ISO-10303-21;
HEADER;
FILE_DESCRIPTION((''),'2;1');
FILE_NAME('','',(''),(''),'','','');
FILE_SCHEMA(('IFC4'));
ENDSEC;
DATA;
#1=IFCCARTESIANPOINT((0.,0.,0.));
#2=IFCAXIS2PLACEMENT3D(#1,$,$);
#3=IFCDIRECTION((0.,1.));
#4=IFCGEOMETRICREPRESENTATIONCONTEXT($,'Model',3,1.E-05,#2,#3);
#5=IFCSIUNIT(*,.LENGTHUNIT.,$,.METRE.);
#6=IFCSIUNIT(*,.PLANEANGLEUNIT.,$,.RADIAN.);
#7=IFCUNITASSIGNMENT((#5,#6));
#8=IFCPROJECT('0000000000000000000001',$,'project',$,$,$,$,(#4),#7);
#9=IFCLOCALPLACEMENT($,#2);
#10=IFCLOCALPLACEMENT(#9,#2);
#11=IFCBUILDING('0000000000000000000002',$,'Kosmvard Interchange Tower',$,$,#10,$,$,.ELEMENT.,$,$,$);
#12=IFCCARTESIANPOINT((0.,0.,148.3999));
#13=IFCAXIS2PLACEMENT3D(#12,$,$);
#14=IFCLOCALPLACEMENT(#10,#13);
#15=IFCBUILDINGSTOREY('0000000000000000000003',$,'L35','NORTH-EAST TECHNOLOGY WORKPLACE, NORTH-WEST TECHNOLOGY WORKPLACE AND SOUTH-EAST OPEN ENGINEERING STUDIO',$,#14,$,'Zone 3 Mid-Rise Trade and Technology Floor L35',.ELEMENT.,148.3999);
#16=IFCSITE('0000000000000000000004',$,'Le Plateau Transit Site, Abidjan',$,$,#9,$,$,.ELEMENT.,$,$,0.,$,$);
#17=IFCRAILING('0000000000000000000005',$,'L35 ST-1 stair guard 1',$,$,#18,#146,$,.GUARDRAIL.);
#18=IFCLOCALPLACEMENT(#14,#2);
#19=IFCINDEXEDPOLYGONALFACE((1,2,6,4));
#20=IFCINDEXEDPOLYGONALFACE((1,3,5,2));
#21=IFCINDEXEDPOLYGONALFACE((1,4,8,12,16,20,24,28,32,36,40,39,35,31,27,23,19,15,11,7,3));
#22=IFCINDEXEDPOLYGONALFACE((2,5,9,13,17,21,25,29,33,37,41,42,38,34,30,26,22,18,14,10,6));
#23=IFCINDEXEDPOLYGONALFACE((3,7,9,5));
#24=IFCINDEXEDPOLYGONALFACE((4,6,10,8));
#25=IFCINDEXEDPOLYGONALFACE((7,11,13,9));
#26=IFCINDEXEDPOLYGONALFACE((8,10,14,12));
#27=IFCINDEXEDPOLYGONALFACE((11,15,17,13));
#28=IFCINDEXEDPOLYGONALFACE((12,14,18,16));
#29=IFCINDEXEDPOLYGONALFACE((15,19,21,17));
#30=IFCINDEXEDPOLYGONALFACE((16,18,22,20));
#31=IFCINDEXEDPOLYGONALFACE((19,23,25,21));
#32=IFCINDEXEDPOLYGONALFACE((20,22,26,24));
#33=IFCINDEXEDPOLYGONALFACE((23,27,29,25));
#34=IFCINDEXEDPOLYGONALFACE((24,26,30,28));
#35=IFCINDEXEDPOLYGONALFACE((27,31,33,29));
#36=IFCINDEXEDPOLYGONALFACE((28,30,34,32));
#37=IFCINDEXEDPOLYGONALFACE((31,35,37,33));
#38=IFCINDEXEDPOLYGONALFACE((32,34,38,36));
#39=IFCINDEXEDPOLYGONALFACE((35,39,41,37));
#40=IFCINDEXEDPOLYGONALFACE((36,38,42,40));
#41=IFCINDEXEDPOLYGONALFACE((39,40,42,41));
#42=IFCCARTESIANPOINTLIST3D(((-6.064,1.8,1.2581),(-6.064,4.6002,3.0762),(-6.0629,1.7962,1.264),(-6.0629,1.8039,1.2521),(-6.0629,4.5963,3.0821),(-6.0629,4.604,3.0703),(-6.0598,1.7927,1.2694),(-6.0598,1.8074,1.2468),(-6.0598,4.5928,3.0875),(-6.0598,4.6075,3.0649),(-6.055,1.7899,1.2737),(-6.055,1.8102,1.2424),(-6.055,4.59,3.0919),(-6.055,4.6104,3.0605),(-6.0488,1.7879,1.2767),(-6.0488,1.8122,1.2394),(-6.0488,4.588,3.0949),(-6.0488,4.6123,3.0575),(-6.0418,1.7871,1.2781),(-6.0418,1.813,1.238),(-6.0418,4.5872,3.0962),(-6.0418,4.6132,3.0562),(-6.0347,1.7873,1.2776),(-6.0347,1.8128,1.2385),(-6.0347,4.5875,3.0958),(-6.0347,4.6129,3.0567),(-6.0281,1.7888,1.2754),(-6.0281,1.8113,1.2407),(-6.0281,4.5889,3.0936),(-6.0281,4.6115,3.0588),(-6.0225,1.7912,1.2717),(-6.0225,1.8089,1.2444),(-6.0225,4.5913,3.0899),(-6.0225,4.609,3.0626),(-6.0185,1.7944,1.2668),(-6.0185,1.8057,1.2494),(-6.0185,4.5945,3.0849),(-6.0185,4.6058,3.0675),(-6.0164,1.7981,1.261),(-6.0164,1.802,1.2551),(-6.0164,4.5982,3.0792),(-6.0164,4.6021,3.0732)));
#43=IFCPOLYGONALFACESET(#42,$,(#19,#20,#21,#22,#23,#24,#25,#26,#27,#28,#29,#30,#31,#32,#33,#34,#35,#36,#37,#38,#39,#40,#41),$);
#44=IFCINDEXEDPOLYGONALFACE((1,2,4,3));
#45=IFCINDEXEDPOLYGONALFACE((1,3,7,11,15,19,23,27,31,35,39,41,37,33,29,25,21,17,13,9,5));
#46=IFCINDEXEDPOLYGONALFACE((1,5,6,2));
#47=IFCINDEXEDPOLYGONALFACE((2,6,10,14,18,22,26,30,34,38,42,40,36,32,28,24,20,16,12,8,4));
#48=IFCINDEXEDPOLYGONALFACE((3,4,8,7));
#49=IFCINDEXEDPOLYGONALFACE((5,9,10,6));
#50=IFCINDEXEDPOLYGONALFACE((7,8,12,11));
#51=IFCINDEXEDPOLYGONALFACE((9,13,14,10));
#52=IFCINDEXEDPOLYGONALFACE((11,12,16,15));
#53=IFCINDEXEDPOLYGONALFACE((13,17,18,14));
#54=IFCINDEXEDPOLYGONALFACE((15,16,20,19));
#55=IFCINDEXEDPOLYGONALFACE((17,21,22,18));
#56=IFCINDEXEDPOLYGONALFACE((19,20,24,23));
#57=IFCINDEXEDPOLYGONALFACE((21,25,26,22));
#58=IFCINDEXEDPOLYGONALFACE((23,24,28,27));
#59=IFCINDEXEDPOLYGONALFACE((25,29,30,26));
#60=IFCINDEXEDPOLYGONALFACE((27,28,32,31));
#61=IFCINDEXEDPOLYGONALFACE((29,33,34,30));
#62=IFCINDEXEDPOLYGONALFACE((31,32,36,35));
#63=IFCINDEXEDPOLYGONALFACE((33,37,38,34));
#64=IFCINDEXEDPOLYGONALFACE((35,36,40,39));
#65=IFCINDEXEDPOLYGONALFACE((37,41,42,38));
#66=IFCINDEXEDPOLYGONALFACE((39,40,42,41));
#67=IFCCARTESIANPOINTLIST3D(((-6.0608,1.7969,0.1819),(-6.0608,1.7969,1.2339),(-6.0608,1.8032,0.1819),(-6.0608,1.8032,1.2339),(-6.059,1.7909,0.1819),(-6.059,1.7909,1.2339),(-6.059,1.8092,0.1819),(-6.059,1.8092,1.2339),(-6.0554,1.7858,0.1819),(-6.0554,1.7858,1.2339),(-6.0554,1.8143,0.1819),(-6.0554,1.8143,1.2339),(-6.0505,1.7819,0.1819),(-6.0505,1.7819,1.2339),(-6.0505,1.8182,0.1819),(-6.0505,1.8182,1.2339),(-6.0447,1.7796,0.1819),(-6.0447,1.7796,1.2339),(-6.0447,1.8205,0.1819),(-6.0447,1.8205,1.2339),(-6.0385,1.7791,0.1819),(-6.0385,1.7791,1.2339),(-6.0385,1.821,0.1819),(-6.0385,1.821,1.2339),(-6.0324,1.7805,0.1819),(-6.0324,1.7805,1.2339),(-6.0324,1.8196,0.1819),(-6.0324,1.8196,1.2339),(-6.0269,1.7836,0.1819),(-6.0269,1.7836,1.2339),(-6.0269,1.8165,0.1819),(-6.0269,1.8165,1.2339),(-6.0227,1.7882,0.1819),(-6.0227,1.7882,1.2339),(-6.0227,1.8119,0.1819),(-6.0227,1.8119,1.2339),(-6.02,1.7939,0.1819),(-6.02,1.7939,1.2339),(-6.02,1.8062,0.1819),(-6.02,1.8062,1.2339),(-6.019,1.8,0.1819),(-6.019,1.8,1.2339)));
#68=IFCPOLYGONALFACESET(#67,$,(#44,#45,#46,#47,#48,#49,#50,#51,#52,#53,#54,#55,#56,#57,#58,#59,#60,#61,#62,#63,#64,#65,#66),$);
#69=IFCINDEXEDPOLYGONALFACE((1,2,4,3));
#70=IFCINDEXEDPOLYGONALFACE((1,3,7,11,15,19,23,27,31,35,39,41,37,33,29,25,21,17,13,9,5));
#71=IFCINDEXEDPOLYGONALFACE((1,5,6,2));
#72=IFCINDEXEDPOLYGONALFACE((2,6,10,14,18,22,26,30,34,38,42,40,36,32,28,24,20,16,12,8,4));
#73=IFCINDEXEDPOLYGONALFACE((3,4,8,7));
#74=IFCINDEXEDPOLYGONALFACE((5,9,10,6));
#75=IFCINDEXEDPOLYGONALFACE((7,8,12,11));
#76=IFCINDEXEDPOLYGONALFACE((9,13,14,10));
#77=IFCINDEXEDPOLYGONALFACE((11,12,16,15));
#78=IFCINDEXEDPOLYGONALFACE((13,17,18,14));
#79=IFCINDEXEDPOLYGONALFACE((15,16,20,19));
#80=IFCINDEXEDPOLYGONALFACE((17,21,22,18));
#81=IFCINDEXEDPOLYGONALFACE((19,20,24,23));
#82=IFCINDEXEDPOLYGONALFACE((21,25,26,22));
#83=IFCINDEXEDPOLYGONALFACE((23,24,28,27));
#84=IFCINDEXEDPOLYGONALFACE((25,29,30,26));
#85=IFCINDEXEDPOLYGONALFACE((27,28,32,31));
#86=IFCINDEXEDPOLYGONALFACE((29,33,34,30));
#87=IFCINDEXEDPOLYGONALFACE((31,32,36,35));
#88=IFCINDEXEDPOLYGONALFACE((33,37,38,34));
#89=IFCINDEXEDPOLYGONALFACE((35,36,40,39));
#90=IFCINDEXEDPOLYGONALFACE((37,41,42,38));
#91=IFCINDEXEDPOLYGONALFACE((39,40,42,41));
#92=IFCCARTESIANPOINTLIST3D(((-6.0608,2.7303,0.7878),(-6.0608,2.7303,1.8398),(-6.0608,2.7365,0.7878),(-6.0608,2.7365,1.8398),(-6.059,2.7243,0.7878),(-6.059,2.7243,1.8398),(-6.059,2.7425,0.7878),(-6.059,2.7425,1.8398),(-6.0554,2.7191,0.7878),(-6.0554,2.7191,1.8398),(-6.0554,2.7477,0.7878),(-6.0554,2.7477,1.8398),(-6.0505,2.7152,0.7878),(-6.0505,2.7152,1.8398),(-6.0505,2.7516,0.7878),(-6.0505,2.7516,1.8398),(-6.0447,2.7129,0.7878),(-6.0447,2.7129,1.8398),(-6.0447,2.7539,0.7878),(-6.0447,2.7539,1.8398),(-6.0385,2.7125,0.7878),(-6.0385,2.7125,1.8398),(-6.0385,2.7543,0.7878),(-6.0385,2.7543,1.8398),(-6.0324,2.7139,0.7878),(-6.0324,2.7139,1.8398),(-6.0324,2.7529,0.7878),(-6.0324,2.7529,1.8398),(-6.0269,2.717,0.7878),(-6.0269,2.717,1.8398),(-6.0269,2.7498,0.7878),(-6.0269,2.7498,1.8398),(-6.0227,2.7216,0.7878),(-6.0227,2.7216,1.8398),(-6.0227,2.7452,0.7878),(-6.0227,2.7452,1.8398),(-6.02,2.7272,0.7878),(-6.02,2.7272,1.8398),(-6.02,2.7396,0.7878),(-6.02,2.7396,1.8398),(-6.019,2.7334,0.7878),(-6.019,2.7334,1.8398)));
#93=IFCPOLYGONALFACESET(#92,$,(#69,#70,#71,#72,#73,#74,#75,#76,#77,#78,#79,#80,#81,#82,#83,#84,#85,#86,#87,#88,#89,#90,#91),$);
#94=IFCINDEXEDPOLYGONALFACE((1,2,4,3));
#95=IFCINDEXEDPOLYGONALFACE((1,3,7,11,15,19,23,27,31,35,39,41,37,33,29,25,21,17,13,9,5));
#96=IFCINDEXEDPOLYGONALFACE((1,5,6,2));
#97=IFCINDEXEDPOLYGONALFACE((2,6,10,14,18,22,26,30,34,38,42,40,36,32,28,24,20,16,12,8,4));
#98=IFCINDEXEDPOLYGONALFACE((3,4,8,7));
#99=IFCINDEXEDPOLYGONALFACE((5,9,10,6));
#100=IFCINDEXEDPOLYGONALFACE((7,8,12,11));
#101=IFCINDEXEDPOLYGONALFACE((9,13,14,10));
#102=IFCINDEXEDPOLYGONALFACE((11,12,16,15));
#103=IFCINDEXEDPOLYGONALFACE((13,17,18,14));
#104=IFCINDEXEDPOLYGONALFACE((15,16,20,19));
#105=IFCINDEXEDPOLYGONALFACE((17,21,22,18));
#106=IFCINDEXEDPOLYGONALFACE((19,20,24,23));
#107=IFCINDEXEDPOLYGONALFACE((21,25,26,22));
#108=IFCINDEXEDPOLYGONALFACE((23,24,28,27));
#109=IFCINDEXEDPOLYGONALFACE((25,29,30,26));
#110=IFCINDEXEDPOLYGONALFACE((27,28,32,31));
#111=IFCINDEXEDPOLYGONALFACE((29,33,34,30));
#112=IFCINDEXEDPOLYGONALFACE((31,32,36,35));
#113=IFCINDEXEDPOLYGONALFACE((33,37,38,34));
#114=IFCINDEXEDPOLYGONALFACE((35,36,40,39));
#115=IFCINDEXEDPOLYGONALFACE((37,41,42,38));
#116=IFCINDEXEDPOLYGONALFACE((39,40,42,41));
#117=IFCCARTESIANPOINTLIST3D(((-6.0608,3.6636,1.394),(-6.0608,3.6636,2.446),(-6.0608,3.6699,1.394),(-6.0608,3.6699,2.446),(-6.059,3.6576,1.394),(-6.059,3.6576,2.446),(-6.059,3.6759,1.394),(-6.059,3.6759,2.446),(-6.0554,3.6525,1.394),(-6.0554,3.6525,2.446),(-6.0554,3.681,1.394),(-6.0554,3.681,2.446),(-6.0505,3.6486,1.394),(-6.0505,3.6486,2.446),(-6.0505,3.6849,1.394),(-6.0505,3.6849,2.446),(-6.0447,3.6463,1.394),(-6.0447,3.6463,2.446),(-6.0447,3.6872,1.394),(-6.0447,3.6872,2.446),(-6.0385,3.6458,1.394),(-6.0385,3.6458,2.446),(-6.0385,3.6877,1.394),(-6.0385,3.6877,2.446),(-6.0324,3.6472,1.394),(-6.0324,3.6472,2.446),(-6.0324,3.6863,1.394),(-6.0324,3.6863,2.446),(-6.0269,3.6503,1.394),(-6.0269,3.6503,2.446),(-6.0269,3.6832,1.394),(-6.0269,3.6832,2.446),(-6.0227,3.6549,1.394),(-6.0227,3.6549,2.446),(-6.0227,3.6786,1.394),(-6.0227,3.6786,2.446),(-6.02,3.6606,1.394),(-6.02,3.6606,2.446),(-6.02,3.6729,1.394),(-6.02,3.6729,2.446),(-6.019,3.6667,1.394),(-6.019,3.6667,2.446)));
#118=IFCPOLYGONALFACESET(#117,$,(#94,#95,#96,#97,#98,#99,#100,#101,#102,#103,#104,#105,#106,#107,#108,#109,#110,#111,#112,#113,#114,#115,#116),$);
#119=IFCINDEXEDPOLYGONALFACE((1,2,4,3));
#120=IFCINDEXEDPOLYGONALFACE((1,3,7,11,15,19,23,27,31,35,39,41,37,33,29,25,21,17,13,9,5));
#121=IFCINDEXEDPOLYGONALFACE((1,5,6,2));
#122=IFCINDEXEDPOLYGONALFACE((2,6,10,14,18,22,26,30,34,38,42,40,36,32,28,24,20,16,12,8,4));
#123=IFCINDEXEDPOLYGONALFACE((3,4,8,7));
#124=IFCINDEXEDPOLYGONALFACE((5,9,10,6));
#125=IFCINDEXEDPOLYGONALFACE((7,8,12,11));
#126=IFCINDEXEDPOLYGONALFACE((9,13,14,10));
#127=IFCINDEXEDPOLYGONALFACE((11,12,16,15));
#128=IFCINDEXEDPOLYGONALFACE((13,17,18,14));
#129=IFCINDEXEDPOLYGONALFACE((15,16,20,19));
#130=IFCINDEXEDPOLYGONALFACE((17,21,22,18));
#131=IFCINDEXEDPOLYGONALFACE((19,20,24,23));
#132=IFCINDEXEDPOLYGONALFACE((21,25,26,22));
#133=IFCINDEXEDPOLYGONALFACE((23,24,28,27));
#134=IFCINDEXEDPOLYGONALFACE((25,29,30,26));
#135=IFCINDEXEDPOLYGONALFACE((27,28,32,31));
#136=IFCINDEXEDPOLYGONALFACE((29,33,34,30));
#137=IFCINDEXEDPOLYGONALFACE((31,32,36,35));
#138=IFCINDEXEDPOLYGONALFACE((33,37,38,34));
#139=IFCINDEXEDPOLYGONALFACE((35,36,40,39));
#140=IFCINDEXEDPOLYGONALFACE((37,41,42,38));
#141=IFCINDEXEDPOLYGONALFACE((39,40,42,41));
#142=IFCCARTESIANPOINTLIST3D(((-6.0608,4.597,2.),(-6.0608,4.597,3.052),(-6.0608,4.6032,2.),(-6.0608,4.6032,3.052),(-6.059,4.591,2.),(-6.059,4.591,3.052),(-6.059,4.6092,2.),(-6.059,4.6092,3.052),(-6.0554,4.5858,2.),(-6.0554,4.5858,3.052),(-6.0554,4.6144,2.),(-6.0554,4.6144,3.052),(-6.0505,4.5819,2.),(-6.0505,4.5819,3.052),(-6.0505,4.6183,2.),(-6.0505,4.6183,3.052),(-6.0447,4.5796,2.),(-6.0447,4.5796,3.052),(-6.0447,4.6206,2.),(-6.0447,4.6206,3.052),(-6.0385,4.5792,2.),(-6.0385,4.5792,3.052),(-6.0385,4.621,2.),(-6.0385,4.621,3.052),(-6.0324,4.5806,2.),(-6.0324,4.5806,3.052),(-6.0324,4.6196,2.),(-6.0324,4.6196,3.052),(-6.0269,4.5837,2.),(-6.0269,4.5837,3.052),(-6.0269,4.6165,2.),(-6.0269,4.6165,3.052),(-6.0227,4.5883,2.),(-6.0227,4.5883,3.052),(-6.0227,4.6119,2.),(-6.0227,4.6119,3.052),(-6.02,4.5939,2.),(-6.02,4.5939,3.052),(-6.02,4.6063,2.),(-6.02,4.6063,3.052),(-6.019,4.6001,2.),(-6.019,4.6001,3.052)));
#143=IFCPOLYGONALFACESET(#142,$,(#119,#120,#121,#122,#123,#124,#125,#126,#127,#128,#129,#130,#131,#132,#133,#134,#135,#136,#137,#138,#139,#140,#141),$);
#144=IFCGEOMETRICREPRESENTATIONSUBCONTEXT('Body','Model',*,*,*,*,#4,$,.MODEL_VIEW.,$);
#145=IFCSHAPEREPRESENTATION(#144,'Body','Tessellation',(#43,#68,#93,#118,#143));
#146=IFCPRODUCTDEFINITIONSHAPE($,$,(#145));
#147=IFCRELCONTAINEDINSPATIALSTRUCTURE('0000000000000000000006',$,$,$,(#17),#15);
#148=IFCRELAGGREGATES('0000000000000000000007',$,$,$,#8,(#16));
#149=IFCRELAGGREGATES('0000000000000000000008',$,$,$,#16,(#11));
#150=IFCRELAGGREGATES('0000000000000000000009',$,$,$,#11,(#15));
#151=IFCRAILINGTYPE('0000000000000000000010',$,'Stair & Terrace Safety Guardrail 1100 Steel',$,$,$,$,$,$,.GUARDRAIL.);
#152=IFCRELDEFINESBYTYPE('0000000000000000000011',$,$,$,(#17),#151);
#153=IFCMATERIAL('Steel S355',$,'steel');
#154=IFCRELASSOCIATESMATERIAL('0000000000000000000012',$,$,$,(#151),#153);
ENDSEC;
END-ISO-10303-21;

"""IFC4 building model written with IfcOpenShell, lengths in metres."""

from ifc_helpers import new_model, si_unit, direction, frame, origin, origin_2d, place, context, subcontext, project, spatial, circle, extrude, source, transform, mapped, material, type_object, element, save


model = new_model("IFC4")

# Units and contexts
model_context = context("Model", 3, precision=1e-05, world=origin(), true_north=direction((0.0, 1.0)))
body_context = subcontext(model_context, "Body", "Model", "MODEL_VIEW")
ifc_project = project(units=[si_unit("LENGTHUNIT", "METRE"), si_unit("PLANEANGLEUNIT", "RADIAN")], contexts=[model_context])

# Site, building, storey
site_placement = place(None, origin())
site = spatial("IfcSite", under=ifc_project, at=site_placement, Name="Le Plateau Transit Site, Abidjan", CompositionType="ELEMENT", RefElevation=0.0)
building_placement = place(site_placement, origin())
building = spatial("IfcBuilding", under=site, at=building_placement, Name="Kosmvard Interchange Tower", CompositionType="ELEMENT")
storey_placement = place(building_placement, frame((0.0, 0.0, 148.3999)))
storey = spatial("IfcBuildingStorey", under=building, at=storey_placement, Name="L35", Description="NORTH-EAST TECHNOLOGY WORKPLACE, NORTH-WEST TECHNOLOGY WORKPLACE AND SOUTH-EAST OPEN ENGINEERING STUDIO", LongName="Zone 3 Mid-Rise Trade and Technology Floor L35", CompositionType="ELEMENT", Elevation=148.3999)

# Shared definitions
ifc_material_1 = material(Name="Steel S355", Category="steel")

# Railing
railing_type_1 = type_object("IfcRailingType", Name="Stair & Terrace Safety Guardrail 1100 Steel", PredefinedType="GUARDRAIL", material=ifc_material_1)
shared_shape_1 = source(origin(), body_context, "Body", "SweptSolid", [
    extrude(circle(Radius=0.0239, at=origin_2d()), frame((0.0, 0.0, 1.0762), z_axis=(0.0, 0.838706, 0.544585), x_axis=(-1.0, 0.0, 0.0)), (0.0, 0.0, 1.0), 3.3386),
    extrude(circle(Radius=0.021, at=origin_2d()), origin(), (0.0, 0.0, 1.0), 1.052),
    extrude(circle(Radius=0.021, at=origin_2d()), frame((0.0, 0.9333, 0.606)), (0.0, 0.0, 1.0), 1.052),
    extrude(circle(Radius=0.021, at=origin_2d()), frame((0.0, 1.8667, 1.2122)), (0.0, 0.0, 1.0), 1.052),
    extrude(circle(Radius=0.021, at=origin_2d()), frame((0.0, 2.8, 1.8181)), (0.0, 0.0, 1.0), 1.052),
])
railing_1_placement = place(storey_placement, frame((-6.04, 1.8, 0.1819)))
element("IfcRailing", 1, at=railing_1_placement, inside=storey, type_object=railing_type_1, Name="L35 ST-1 stair guard 1", PredefinedType="GUARDRAIL", context=body_context, shape_type="MappedRepresentation", body=[
    mapped(shared_shape_1, transform((0.0, 0.0, 0.0), scale=1.0)),
])

save(model, "model.ifc")
